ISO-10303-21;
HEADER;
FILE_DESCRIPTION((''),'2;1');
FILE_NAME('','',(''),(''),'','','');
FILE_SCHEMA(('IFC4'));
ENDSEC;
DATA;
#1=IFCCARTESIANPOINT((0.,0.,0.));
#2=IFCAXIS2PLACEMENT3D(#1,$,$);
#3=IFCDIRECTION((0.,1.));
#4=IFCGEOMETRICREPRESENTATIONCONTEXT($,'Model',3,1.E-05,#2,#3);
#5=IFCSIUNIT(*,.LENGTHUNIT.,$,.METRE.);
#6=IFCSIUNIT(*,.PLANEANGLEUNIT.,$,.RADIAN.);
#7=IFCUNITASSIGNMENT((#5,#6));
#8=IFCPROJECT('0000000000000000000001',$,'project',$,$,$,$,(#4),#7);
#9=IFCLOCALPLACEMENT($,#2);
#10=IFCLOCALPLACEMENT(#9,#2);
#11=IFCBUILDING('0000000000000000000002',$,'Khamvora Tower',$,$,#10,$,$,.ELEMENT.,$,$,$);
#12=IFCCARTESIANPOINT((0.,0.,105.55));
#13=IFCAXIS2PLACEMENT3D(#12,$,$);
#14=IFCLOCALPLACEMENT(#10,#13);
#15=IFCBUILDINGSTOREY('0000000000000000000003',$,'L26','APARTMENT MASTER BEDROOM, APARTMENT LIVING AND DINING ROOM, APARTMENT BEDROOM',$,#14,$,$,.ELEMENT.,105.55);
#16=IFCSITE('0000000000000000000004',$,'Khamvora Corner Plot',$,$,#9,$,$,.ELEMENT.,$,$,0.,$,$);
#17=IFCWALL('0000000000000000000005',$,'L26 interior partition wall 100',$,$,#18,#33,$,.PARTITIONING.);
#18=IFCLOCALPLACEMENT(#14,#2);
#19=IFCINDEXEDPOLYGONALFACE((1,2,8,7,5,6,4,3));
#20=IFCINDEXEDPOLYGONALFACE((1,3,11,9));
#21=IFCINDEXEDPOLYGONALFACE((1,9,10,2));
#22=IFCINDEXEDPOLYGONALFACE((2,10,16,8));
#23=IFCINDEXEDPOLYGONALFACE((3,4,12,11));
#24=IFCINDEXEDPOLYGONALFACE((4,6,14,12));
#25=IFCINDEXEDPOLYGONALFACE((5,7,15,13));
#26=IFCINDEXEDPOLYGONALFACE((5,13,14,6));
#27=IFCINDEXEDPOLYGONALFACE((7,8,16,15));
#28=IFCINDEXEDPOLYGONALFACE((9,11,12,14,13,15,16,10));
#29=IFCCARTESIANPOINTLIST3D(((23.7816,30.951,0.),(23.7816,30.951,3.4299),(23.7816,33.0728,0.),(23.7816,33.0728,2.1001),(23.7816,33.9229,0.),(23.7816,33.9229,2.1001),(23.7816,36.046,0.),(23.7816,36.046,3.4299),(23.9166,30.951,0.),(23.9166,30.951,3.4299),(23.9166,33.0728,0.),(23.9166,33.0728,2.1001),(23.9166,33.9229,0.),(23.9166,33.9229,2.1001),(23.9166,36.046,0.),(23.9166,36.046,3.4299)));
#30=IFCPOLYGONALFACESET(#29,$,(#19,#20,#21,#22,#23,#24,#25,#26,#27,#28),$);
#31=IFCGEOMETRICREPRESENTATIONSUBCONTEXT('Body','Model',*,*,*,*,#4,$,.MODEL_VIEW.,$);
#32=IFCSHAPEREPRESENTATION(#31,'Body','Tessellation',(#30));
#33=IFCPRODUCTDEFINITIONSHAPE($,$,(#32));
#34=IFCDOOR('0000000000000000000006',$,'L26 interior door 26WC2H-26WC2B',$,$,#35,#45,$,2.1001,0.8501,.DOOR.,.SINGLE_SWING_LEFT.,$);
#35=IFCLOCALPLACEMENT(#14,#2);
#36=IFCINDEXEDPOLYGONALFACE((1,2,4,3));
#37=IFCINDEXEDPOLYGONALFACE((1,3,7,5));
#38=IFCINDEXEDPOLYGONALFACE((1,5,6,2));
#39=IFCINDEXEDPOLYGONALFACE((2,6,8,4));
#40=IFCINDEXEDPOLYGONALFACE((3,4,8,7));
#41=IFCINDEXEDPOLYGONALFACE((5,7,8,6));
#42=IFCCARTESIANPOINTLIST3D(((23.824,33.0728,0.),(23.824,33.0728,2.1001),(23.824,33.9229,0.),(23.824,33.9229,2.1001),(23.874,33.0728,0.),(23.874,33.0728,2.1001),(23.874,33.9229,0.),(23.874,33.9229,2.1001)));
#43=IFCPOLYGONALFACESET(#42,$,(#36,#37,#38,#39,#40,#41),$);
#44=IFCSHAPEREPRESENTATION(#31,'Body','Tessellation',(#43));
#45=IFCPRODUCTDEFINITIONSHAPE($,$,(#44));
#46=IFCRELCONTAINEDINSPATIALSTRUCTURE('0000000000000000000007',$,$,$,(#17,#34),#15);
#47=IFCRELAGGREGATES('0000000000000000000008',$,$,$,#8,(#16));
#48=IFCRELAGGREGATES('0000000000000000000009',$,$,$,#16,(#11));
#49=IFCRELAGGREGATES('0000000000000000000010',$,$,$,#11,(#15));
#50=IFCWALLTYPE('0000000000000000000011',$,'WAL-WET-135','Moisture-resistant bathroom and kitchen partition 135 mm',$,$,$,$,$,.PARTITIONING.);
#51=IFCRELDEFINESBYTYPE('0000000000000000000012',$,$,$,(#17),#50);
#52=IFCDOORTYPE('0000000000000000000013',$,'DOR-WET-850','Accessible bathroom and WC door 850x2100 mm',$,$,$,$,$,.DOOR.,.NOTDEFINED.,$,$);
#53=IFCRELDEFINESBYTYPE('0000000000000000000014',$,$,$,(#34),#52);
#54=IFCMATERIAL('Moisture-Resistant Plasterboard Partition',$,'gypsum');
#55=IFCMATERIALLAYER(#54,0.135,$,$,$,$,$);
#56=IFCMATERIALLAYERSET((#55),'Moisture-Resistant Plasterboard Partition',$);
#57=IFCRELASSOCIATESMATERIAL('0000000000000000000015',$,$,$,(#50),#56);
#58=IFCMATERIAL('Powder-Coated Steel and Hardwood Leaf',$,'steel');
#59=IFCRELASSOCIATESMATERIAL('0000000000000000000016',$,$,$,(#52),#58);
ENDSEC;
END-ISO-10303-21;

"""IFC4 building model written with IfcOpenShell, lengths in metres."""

from ifc_helpers import new_model, si_unit, direction, frame, frame_2d, origin, place, context, subcontext, project, spatial, rectangle, extrude, material, layer, layer_set, type_object, element, fill, save


model = new_model("IFC4")

# Units and contexts
model_context = context("Model", 3, precision=1e-05, world=origin(), true_north=direction((0.0, 1.0)))
body_context = subcontext(model_context, "Body", "Model", "MODEL_VIEW")
ifc_project = project(units=[si_unit("LENGTHUNIT", "METRE"), si_unit("PLANEANGLEUNIT", "RADIAN")], contexts=[model_context])

# Site, building, storey
site_placement = place(None, origin())
site = spatial("IfcSite", under=ifc_project, at=site_placement, Name="Khamvora Corner Plot", CompositionType="ELEMENT", RefElevation=0.0)
building_placement = place(site_placement, origin())
building = spatial("IfcBuilding", under=site, at=building_placement, Name="Khamvora Tower", CompositionType="ELEMENT")
storey_placement = place(building_placement, frame((0.0, 0.0, 105.55)))
storey = spatial("IfcBuildingStorey", under=building, at=storey_placement, Name="L26", Description="APARTMENT MASTER BEDROOM, APARTMENT LIVING AND DINING ROOM, APARTMENT BEDROOM", CompositionType="ELEMENT", Elevation=105.55)

# Shared definitions
ifc_material_1 = material(Name="Powder-Coated Steel and Hardwood Leaf", Category="steel")

# Wall, opening, door
ifc_material_2 = material(Name="Moisture-Resistant Plasterboard Partition", Category="gypsum")
ifc_layer_1 = layer(ifc_material_2, 0.135)
ifc_layer_set_1 = layer_set([ifc_layer_1], Name="Moisture-Resistant Plasterboard Partition")
wall_type_1 = type_object("IfcWallType", Name="WAL-WET-135", Description="Moisture-resistant bathroom and kitchen partition 135 mm", PredefinedType="PARTITIONING", material=ifc_layer_set_1)
wall_1_placement = place(storey_placement, frame((23.8491, 36.0459, 0.0), z_axis=(0.0, 0.0, 1.0), x_axis=(0.0, -1.0, 0.0)))
wall_1 = element("IfcWall", 1, at=wall_1_placement, inside=storey, type_object=wall_type_1, Name="L26 interior partition wall 100", PredefinedType="PARTITIONING", context=body_context, shape_type="SweptSolid", body=[
    extrude(rectangle(XDim=5.095, YDim=0.135, at=frame_2d((2.5474, 0.0))), origin(), (0.0, 0.0, 1.0), 3.4299),
])
opening_1_placement = place(wall_1_placement, frame((2.123, 0.0, 0.0)))
opening_1 = element("IfcOpeningElement", 2, at=opening_1_placement, cuts=wall_1, PredefinedType="OPENING", context=body_context, shape_type="SweptSolid", body=[
    extrude(rectangle(XDim=0.8501, YDim=2.1001, at=frame_2d((0.425, 1.05))), frame((0.0, 0.0774, 0.0), z_axis=(0.0, -1.0, 0.0), x_axis=(1.0, 0.0, 0.0)), (0.0, 0.0, 1.0), 0.155),
])
door_type_1 = type_object("IfcDoorType", Name="DOR-WET-850", Description="Accessible bathroom and WC door 850x2100 mm", OperationType="NOTDEFINED", PredefinedType="DOOR", material=ifc_material_1)
door_1_placement = place(opening_1_placement, origin())
door_1 = element("IfcDoor", 3, at=door_1_placement, inside=storey, type_object=door_type_1, Name="L26 interior door 26WC2H-26WC2B", OperationType="SINGLE_SWING_LEFT", OverallHeight=2.1001, OverallWidth=0.8501, PredefinedType="DOOR", context=body_context, shape_type="SweptSolid", body=[
    extrude(rectangle(XDim=0.8501, YDim=2.1001, at=frame_2d((0.425, 1.05))), frame((0.0, 0.0249, 0.0), z_axis=(0.0, -1.0, 0.0), x_axis=(1.0, 0.0, 0.0)), (0.0, 0.0, 1.0), 0.05),
])
fill(opening_1, door_1)

save(model, "model.ifc")
